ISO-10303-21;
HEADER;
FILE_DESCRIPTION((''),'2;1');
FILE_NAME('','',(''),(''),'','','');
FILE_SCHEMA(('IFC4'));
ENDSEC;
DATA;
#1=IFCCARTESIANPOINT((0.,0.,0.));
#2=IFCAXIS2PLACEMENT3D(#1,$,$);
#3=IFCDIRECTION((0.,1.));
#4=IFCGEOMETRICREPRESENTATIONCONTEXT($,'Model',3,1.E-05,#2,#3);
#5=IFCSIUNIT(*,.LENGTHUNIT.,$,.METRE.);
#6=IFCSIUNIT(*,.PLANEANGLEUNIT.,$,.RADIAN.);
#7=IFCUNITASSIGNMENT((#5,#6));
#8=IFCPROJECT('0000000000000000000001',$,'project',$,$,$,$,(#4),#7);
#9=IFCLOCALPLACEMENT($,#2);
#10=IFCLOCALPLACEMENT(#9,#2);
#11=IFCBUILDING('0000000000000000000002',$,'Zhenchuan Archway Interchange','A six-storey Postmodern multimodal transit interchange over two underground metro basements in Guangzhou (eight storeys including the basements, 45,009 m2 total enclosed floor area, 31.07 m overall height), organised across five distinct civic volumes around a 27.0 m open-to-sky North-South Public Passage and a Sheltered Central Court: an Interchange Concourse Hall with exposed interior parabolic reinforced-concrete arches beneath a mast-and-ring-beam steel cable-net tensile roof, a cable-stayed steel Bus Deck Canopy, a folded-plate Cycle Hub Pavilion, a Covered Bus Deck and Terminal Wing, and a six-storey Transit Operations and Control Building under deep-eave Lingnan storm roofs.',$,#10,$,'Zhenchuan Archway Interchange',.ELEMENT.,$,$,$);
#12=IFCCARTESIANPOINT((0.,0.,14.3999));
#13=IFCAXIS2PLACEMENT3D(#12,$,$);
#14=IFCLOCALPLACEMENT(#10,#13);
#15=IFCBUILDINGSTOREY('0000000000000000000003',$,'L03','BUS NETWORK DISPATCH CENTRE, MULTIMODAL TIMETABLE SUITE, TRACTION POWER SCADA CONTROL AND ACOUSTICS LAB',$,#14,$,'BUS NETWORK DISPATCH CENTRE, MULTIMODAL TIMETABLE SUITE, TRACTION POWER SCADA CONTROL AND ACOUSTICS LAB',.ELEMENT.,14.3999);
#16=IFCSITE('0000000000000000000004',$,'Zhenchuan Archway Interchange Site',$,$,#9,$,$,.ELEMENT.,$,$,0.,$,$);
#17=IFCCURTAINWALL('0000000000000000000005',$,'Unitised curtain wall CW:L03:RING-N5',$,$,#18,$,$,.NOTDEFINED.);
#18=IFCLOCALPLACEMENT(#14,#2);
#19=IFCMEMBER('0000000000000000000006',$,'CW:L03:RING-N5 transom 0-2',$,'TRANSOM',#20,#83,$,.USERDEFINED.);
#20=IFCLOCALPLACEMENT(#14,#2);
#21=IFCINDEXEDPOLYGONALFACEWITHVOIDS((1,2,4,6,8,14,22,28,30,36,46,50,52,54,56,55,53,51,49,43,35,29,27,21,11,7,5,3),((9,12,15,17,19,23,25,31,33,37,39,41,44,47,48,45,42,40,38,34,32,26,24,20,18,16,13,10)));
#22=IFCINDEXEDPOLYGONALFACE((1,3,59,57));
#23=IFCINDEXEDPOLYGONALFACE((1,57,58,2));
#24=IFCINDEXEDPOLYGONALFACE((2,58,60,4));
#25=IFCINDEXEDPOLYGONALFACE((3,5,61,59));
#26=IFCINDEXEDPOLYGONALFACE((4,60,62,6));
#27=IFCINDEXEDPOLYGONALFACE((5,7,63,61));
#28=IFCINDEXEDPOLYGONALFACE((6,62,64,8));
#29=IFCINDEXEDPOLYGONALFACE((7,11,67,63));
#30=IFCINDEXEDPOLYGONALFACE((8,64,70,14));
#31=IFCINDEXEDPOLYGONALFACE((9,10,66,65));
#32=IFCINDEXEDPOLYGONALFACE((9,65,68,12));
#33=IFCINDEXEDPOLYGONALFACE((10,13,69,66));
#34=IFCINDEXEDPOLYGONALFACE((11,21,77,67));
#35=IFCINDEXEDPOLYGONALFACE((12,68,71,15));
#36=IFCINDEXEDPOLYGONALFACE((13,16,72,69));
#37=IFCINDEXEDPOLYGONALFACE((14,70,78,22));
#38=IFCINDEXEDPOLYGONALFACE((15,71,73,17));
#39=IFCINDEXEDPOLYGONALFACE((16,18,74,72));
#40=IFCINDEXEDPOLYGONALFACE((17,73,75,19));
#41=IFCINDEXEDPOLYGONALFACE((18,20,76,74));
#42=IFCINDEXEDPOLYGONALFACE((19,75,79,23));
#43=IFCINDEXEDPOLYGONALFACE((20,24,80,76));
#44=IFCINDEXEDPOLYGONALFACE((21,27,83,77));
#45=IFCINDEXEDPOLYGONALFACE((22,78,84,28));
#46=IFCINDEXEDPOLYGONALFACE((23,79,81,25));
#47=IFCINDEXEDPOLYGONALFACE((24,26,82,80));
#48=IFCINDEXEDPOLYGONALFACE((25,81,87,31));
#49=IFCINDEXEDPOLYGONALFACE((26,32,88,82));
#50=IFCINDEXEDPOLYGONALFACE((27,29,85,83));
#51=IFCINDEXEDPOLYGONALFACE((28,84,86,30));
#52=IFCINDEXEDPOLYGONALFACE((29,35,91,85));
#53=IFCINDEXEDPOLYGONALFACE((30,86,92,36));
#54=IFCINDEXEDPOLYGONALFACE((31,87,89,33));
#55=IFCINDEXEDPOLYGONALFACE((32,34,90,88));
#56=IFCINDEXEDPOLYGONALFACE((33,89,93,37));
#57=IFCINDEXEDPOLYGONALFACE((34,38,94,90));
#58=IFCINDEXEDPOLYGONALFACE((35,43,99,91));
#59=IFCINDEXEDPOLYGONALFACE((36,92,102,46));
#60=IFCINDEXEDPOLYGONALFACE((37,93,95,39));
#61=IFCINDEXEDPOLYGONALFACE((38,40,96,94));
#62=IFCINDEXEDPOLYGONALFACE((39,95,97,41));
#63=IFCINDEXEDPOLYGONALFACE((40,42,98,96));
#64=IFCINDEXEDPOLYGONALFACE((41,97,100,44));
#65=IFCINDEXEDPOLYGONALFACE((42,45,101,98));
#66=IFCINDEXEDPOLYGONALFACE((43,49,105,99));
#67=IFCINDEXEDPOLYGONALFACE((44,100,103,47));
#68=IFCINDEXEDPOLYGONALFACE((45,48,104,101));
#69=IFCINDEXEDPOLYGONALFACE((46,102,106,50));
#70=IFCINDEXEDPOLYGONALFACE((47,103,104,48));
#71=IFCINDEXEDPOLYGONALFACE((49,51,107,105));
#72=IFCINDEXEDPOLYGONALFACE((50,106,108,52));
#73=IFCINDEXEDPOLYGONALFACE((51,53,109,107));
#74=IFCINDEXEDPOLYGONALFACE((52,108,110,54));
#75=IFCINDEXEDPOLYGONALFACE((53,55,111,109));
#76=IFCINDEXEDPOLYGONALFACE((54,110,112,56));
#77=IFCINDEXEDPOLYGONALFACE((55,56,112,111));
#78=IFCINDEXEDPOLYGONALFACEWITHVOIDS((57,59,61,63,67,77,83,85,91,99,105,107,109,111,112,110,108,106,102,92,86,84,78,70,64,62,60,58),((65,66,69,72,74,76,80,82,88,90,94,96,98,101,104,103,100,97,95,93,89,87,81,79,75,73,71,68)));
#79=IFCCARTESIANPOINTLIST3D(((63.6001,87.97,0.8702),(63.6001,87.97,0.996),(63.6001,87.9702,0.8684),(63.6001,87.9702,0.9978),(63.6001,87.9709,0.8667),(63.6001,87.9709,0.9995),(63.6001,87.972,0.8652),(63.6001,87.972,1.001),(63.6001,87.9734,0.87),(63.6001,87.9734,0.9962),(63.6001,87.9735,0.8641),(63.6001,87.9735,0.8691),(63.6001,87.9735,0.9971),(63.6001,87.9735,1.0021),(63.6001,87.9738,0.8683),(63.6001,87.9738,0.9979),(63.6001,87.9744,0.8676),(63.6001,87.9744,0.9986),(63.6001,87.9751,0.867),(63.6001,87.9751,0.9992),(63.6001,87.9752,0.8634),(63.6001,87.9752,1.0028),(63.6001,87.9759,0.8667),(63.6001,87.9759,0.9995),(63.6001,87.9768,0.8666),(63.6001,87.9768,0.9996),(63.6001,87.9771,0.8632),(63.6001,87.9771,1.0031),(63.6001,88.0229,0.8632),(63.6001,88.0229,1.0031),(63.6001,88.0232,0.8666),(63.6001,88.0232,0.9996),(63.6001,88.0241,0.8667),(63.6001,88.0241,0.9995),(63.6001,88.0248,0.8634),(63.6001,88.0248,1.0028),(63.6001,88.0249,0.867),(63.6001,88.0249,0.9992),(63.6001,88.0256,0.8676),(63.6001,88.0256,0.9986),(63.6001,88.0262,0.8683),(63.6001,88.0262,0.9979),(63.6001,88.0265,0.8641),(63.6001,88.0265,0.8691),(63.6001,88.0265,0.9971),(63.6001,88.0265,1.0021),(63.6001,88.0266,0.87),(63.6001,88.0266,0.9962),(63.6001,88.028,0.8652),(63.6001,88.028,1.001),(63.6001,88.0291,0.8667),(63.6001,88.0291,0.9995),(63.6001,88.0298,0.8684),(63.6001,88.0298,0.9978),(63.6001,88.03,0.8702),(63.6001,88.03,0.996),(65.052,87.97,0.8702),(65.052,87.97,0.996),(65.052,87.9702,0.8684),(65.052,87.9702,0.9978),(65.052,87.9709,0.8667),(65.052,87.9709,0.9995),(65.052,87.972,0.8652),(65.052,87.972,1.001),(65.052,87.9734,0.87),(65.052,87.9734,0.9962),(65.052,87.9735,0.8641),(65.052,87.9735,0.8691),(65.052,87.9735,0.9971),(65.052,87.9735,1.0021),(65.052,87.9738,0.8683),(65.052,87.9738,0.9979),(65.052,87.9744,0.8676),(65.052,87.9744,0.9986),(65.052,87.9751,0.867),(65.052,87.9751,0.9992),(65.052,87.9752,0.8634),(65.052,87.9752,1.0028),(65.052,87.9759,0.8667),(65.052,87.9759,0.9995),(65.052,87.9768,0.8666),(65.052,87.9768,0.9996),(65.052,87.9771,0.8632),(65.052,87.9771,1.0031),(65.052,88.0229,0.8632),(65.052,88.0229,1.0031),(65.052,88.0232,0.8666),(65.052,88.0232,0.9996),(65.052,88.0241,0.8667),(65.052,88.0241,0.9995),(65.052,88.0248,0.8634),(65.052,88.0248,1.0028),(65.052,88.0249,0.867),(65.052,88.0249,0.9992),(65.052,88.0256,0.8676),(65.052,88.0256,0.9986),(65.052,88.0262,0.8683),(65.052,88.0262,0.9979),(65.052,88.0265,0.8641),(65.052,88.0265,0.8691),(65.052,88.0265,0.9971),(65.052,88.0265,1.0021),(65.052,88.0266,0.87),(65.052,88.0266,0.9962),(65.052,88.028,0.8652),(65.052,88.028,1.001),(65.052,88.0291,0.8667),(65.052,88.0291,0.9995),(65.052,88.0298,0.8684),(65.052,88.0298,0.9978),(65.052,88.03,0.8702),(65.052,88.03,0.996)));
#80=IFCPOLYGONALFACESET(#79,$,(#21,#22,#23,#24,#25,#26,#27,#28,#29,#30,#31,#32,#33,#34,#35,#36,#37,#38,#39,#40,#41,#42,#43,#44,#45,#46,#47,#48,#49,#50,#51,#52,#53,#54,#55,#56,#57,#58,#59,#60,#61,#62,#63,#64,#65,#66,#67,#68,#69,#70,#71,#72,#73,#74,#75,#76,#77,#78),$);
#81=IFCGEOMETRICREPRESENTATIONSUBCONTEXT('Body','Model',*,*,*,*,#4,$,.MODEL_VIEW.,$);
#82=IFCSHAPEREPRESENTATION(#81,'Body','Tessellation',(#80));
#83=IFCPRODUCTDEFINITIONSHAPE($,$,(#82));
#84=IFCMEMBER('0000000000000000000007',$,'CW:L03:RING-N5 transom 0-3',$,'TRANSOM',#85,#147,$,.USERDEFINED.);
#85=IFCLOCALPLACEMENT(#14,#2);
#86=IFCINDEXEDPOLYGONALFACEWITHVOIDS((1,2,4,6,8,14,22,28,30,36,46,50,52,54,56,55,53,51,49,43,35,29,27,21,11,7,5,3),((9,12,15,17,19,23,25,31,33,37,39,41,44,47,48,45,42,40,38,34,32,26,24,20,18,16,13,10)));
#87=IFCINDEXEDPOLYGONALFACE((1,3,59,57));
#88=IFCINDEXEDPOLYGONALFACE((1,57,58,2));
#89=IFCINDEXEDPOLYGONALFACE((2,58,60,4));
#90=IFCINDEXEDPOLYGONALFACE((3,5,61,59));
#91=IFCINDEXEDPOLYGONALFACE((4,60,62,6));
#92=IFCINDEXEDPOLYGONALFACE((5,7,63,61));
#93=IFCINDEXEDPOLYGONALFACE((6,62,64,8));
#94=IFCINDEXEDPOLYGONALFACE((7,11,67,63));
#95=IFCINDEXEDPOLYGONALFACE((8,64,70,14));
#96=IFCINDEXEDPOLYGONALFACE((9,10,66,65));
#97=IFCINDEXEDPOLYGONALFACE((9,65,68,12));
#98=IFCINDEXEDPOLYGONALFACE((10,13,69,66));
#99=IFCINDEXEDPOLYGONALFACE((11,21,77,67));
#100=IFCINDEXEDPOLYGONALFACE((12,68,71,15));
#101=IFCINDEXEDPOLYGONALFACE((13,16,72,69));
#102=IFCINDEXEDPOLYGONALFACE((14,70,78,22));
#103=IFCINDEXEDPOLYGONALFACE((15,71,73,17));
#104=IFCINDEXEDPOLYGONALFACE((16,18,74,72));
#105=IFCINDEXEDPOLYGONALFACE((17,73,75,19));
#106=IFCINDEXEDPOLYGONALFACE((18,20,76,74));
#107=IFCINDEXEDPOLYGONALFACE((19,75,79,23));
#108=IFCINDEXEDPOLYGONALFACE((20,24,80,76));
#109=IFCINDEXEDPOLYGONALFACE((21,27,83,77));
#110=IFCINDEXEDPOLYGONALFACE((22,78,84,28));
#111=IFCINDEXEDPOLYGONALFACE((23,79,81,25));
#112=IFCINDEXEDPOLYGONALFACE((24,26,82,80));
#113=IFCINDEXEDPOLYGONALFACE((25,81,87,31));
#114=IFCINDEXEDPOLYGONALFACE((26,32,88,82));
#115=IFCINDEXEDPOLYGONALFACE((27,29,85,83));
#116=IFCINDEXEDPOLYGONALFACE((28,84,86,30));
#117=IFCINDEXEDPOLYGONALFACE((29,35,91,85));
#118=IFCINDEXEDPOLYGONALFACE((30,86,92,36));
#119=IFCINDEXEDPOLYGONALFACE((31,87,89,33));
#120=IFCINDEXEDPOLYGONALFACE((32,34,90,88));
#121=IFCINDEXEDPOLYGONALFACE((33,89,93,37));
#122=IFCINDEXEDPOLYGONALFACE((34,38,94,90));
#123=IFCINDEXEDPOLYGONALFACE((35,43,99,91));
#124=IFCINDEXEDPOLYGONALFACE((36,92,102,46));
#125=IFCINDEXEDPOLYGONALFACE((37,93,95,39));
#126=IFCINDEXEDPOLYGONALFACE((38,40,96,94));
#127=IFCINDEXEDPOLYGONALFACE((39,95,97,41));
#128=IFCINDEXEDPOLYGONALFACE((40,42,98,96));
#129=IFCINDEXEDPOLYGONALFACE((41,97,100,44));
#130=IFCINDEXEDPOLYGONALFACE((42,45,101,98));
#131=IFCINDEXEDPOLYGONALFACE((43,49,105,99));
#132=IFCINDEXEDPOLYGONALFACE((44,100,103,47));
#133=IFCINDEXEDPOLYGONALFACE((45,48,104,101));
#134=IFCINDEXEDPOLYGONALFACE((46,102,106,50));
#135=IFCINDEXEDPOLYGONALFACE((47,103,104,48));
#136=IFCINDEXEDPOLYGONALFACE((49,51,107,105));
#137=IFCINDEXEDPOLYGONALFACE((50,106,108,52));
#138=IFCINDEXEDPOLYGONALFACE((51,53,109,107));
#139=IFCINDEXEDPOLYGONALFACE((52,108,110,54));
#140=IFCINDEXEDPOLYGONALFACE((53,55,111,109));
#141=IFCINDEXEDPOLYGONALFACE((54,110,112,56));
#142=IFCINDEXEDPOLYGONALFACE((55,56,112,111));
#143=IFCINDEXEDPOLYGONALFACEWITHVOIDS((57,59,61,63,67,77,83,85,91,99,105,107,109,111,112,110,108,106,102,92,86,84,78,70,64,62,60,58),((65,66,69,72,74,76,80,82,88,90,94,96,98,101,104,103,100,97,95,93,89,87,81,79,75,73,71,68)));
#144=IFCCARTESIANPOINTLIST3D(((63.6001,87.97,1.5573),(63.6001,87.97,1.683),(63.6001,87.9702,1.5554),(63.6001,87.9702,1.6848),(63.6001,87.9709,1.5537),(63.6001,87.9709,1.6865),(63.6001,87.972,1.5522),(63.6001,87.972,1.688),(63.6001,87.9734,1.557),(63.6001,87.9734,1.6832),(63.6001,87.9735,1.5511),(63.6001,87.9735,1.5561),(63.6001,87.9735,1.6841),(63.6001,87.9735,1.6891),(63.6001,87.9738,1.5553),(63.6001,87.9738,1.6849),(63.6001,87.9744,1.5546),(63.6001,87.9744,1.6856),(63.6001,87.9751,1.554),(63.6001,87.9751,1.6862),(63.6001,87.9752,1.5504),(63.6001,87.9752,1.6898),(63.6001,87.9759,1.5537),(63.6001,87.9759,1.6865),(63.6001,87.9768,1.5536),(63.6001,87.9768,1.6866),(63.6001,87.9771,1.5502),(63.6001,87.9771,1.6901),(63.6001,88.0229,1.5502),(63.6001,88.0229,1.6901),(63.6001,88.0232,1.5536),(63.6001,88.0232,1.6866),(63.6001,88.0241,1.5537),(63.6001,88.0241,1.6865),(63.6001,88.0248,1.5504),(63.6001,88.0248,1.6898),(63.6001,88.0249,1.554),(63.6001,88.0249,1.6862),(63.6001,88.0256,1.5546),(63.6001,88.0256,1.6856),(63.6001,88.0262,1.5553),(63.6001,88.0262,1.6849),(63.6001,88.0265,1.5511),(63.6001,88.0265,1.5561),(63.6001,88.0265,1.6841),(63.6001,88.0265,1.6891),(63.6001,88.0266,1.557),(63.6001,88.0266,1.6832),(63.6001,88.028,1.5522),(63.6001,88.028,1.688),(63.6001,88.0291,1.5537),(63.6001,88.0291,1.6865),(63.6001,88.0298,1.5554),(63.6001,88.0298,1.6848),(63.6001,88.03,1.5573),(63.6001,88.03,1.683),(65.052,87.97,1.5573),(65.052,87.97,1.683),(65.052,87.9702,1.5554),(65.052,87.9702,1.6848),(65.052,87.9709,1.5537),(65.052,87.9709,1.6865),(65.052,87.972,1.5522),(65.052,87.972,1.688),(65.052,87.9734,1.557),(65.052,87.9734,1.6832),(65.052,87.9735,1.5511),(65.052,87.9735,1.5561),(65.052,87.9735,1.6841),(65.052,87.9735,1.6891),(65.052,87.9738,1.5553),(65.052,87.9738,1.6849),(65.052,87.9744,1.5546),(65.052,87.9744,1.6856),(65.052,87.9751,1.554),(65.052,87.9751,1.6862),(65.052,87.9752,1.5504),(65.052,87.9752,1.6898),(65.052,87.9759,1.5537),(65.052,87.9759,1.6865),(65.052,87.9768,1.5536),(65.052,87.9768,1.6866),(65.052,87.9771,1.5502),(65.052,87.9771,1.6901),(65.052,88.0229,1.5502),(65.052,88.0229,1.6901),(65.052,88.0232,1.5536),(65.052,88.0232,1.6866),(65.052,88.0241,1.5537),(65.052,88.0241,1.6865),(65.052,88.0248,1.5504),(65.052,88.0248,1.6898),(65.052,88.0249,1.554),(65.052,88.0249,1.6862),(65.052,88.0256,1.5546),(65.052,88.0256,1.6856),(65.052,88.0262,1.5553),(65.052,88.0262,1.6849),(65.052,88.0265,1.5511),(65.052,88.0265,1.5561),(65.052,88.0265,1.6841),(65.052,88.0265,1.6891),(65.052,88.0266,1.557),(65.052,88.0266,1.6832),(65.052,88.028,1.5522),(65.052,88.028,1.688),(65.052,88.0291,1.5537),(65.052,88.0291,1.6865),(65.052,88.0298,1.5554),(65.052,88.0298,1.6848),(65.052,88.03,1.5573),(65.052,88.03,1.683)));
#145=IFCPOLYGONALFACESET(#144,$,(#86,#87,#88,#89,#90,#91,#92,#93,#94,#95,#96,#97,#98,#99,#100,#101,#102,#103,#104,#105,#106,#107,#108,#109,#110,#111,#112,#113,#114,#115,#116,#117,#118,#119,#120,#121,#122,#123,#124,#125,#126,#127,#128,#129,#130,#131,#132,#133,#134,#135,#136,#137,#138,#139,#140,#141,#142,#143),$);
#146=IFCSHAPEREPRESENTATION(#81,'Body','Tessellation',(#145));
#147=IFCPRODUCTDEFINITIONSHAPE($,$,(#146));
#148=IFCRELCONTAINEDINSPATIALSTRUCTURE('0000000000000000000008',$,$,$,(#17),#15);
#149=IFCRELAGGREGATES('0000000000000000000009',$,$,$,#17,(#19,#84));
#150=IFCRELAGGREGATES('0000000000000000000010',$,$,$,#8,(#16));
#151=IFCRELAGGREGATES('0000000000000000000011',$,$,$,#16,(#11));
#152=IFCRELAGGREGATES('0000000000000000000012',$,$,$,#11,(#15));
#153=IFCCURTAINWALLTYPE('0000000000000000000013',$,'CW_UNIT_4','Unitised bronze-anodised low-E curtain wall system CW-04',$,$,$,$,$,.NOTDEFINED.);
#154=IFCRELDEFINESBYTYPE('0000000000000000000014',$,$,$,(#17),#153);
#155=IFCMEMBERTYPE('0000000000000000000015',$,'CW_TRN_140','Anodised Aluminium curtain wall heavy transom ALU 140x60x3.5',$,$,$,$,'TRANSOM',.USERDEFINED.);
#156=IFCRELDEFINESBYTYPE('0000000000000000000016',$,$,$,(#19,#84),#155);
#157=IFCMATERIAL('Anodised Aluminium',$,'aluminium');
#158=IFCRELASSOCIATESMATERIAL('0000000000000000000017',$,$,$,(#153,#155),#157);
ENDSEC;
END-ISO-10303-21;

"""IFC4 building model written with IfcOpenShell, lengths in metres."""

from ifc_helpers import new_model, si_unit, direction, frame, origin, origin_2d, place, context, subcontext, project, spatial, hollow_rectangle, extrude, material, material_profile, profile_set, type_object, element, aggregate, save


model = new_model("IFC4")

# Units and contexts
model_context = context("Model", 3, precision=1e-05, world=origin(), true_north=direction((0.0, 1.0)))
body_context = subcontext(model_context, "Body", "Model", "MODEL_VIEW")
ifc_project = project(units=[si_unit("LENGTHUNIT", "METRE"), si_unit("PLANEANGLEUNIT", "RADIAN")], contexts=[model_context])

# Site, building, storey
site_placement = place(None, origin())
site = spatial("IfcSite", under=ifc_project, at=site_placement, Name="Zhenchuan Archway Interchange Site", CompositionType="ELEMENT", RefElevation=0.0)
building_placement = place(site_placement, origin())
building = spatial("IfcBuilding", under=site, at=building_placement, Name="Zhenchuan Archway Interchange", Description="A six-storey Postmodern multimodal transit interchange over two underground metro basements in Guangzhou (eight storeys including the basements, 45,009 m2 total enclosed floor area, 31.07 m overall height), organised across five distinct civic volumes around a 27.0 m open-to-sky North-South Public Passage and a Sheltered Central Court: an Interchange Concourse Hall with exposed interior parabolic reinforced-concrete arches beneath a mast-and-ring-beam steel cable-net tensile roof, a cable-stayed steel Bus Deck Canopy, a folded-plate Cycle Hub Pavilion, a Covered Bus Deck and Terminal Wing, and a six-storey Transit Operations and Control Building under deep-eave Lingnan storm roofs.", LongName="Zhenchuan Archway Interchange", CompositionType="ELEMENT")
storey_placement = place(building_placement, frame((0.0, 0.0, 14.3999)))
storey = spatial("IfcBuildingStorey", under=building, at=storey_placement, Name="L03", Description="BUS NETWORK DISPATCH CENTRE, MULTIMODAL TIMETABLE SUITE, TRACTION POWER SCADA CONTROL AND ACOUSTICS LAB", LongName="BUS NETWORK DISPATCH CENTRE, MULTIMODAL TIMETABLE SUITE, TRACTION POWER SCADA CONTROL AND ACOUSTICS LAB", CompositionType="ELEMENT", Elevation=14.3999)

# Curtain wall
ifc_material_1 = material(Name="Anodised Aluminium", Category="aluminium")
curtain_wall_type = type_object("IfcCurtainWallType", Name="CW_UNIT_4", Description="Unitised bronze-anodised low-E curtain wall system CW-04", PredefinedType="NOTDEFINED", material=ifc_material_1)
curtain_wall_1_placement = place(storey_placement, origin())
curtain_wall_1 = element("IfcCurtainWall", 1, at=curtain_wall_1_placement, inside=storey, type_object=curtain_wall_type, Name="Unitised curtain wall CW:L03:RING-N5", PredefinedType="NOTDEFINED")

# Members
ifc_material_profile_1 = material_profile(ifc_material_1, hollow_rectangle(XDim=0.0601, YDim=0.1399, WallThickness=0.0034, InnerFilletRadius=0.0034, OuterFilletRadius=0.0071, at=origin_2d()), Name="ALU 140x60x3.5")
ifc_profile_set_1 = profile_set([ifc_material_profile_1], Name="Anodised Aluminium")
member_type_1 = type_object("IfcMemberType", Name="CW_TRN_140", Description="Anodised Aluminium curtain wall heavy transom ALU 140x60x3.5", ElementType="TRANSOM", PredefinedType="USERDEFINED", material=ifc_profile_set_1)
member_1_placement = place(storey_placement, frame((63.6001, 88.0, 0.9331), z_axis=(1.0, 0.0, 0.0), x_axis=(0.0, 1.0, 0.0)))
member_1 = element("IfcMember", 2, at=member_1_placement, type_object=member_type_1, Name="CW:L03:RING-N5 transom 0-2", ObjectType="TRANSOM", PredefinedType="USERDEFINED", context=body_context, shape_type="SweptSolid", body=[
    extrude(hollow_rectangle(XDim=0.0601, YDim=0.1399, WallThickness=0.0034, InnerFilletRadius=0.0034, OuterFilletRadius=0.0071, at=origin_2d()), origin(), (0.0, 0.0, 1.0), 1.4519),
])
member_2_placement = place(storey_placement, frame((63.6001, 88.0, 1.6201), z_axis=(1.0, 0.0, 0.0), x_axis=(0.0, 1.0, 0.0)))
member_2 = element("IfcMember", 3, at=member_2_placement, type_object=member_type_1, Name="CW:L03:RING-N5 transom 0-3", ObjectType="TRANSOM", PredefinedType="USERDEFINED", context=body_context, shape_type="SweptSolid", body=[
    extrude(hollow_rectangle(XDim=0.0601, YDim=0.1399, WallThickness=0.0034, InnerFilletRadius=0.0034, OuterFilletRadius=0.0071, at=origin_2d()), origin(), (0.0, 0.0, 1.0), 1.4519),
])

aggregate(curtain_wall_1, [member_1, member_2])

save(model, "model.ifc")
